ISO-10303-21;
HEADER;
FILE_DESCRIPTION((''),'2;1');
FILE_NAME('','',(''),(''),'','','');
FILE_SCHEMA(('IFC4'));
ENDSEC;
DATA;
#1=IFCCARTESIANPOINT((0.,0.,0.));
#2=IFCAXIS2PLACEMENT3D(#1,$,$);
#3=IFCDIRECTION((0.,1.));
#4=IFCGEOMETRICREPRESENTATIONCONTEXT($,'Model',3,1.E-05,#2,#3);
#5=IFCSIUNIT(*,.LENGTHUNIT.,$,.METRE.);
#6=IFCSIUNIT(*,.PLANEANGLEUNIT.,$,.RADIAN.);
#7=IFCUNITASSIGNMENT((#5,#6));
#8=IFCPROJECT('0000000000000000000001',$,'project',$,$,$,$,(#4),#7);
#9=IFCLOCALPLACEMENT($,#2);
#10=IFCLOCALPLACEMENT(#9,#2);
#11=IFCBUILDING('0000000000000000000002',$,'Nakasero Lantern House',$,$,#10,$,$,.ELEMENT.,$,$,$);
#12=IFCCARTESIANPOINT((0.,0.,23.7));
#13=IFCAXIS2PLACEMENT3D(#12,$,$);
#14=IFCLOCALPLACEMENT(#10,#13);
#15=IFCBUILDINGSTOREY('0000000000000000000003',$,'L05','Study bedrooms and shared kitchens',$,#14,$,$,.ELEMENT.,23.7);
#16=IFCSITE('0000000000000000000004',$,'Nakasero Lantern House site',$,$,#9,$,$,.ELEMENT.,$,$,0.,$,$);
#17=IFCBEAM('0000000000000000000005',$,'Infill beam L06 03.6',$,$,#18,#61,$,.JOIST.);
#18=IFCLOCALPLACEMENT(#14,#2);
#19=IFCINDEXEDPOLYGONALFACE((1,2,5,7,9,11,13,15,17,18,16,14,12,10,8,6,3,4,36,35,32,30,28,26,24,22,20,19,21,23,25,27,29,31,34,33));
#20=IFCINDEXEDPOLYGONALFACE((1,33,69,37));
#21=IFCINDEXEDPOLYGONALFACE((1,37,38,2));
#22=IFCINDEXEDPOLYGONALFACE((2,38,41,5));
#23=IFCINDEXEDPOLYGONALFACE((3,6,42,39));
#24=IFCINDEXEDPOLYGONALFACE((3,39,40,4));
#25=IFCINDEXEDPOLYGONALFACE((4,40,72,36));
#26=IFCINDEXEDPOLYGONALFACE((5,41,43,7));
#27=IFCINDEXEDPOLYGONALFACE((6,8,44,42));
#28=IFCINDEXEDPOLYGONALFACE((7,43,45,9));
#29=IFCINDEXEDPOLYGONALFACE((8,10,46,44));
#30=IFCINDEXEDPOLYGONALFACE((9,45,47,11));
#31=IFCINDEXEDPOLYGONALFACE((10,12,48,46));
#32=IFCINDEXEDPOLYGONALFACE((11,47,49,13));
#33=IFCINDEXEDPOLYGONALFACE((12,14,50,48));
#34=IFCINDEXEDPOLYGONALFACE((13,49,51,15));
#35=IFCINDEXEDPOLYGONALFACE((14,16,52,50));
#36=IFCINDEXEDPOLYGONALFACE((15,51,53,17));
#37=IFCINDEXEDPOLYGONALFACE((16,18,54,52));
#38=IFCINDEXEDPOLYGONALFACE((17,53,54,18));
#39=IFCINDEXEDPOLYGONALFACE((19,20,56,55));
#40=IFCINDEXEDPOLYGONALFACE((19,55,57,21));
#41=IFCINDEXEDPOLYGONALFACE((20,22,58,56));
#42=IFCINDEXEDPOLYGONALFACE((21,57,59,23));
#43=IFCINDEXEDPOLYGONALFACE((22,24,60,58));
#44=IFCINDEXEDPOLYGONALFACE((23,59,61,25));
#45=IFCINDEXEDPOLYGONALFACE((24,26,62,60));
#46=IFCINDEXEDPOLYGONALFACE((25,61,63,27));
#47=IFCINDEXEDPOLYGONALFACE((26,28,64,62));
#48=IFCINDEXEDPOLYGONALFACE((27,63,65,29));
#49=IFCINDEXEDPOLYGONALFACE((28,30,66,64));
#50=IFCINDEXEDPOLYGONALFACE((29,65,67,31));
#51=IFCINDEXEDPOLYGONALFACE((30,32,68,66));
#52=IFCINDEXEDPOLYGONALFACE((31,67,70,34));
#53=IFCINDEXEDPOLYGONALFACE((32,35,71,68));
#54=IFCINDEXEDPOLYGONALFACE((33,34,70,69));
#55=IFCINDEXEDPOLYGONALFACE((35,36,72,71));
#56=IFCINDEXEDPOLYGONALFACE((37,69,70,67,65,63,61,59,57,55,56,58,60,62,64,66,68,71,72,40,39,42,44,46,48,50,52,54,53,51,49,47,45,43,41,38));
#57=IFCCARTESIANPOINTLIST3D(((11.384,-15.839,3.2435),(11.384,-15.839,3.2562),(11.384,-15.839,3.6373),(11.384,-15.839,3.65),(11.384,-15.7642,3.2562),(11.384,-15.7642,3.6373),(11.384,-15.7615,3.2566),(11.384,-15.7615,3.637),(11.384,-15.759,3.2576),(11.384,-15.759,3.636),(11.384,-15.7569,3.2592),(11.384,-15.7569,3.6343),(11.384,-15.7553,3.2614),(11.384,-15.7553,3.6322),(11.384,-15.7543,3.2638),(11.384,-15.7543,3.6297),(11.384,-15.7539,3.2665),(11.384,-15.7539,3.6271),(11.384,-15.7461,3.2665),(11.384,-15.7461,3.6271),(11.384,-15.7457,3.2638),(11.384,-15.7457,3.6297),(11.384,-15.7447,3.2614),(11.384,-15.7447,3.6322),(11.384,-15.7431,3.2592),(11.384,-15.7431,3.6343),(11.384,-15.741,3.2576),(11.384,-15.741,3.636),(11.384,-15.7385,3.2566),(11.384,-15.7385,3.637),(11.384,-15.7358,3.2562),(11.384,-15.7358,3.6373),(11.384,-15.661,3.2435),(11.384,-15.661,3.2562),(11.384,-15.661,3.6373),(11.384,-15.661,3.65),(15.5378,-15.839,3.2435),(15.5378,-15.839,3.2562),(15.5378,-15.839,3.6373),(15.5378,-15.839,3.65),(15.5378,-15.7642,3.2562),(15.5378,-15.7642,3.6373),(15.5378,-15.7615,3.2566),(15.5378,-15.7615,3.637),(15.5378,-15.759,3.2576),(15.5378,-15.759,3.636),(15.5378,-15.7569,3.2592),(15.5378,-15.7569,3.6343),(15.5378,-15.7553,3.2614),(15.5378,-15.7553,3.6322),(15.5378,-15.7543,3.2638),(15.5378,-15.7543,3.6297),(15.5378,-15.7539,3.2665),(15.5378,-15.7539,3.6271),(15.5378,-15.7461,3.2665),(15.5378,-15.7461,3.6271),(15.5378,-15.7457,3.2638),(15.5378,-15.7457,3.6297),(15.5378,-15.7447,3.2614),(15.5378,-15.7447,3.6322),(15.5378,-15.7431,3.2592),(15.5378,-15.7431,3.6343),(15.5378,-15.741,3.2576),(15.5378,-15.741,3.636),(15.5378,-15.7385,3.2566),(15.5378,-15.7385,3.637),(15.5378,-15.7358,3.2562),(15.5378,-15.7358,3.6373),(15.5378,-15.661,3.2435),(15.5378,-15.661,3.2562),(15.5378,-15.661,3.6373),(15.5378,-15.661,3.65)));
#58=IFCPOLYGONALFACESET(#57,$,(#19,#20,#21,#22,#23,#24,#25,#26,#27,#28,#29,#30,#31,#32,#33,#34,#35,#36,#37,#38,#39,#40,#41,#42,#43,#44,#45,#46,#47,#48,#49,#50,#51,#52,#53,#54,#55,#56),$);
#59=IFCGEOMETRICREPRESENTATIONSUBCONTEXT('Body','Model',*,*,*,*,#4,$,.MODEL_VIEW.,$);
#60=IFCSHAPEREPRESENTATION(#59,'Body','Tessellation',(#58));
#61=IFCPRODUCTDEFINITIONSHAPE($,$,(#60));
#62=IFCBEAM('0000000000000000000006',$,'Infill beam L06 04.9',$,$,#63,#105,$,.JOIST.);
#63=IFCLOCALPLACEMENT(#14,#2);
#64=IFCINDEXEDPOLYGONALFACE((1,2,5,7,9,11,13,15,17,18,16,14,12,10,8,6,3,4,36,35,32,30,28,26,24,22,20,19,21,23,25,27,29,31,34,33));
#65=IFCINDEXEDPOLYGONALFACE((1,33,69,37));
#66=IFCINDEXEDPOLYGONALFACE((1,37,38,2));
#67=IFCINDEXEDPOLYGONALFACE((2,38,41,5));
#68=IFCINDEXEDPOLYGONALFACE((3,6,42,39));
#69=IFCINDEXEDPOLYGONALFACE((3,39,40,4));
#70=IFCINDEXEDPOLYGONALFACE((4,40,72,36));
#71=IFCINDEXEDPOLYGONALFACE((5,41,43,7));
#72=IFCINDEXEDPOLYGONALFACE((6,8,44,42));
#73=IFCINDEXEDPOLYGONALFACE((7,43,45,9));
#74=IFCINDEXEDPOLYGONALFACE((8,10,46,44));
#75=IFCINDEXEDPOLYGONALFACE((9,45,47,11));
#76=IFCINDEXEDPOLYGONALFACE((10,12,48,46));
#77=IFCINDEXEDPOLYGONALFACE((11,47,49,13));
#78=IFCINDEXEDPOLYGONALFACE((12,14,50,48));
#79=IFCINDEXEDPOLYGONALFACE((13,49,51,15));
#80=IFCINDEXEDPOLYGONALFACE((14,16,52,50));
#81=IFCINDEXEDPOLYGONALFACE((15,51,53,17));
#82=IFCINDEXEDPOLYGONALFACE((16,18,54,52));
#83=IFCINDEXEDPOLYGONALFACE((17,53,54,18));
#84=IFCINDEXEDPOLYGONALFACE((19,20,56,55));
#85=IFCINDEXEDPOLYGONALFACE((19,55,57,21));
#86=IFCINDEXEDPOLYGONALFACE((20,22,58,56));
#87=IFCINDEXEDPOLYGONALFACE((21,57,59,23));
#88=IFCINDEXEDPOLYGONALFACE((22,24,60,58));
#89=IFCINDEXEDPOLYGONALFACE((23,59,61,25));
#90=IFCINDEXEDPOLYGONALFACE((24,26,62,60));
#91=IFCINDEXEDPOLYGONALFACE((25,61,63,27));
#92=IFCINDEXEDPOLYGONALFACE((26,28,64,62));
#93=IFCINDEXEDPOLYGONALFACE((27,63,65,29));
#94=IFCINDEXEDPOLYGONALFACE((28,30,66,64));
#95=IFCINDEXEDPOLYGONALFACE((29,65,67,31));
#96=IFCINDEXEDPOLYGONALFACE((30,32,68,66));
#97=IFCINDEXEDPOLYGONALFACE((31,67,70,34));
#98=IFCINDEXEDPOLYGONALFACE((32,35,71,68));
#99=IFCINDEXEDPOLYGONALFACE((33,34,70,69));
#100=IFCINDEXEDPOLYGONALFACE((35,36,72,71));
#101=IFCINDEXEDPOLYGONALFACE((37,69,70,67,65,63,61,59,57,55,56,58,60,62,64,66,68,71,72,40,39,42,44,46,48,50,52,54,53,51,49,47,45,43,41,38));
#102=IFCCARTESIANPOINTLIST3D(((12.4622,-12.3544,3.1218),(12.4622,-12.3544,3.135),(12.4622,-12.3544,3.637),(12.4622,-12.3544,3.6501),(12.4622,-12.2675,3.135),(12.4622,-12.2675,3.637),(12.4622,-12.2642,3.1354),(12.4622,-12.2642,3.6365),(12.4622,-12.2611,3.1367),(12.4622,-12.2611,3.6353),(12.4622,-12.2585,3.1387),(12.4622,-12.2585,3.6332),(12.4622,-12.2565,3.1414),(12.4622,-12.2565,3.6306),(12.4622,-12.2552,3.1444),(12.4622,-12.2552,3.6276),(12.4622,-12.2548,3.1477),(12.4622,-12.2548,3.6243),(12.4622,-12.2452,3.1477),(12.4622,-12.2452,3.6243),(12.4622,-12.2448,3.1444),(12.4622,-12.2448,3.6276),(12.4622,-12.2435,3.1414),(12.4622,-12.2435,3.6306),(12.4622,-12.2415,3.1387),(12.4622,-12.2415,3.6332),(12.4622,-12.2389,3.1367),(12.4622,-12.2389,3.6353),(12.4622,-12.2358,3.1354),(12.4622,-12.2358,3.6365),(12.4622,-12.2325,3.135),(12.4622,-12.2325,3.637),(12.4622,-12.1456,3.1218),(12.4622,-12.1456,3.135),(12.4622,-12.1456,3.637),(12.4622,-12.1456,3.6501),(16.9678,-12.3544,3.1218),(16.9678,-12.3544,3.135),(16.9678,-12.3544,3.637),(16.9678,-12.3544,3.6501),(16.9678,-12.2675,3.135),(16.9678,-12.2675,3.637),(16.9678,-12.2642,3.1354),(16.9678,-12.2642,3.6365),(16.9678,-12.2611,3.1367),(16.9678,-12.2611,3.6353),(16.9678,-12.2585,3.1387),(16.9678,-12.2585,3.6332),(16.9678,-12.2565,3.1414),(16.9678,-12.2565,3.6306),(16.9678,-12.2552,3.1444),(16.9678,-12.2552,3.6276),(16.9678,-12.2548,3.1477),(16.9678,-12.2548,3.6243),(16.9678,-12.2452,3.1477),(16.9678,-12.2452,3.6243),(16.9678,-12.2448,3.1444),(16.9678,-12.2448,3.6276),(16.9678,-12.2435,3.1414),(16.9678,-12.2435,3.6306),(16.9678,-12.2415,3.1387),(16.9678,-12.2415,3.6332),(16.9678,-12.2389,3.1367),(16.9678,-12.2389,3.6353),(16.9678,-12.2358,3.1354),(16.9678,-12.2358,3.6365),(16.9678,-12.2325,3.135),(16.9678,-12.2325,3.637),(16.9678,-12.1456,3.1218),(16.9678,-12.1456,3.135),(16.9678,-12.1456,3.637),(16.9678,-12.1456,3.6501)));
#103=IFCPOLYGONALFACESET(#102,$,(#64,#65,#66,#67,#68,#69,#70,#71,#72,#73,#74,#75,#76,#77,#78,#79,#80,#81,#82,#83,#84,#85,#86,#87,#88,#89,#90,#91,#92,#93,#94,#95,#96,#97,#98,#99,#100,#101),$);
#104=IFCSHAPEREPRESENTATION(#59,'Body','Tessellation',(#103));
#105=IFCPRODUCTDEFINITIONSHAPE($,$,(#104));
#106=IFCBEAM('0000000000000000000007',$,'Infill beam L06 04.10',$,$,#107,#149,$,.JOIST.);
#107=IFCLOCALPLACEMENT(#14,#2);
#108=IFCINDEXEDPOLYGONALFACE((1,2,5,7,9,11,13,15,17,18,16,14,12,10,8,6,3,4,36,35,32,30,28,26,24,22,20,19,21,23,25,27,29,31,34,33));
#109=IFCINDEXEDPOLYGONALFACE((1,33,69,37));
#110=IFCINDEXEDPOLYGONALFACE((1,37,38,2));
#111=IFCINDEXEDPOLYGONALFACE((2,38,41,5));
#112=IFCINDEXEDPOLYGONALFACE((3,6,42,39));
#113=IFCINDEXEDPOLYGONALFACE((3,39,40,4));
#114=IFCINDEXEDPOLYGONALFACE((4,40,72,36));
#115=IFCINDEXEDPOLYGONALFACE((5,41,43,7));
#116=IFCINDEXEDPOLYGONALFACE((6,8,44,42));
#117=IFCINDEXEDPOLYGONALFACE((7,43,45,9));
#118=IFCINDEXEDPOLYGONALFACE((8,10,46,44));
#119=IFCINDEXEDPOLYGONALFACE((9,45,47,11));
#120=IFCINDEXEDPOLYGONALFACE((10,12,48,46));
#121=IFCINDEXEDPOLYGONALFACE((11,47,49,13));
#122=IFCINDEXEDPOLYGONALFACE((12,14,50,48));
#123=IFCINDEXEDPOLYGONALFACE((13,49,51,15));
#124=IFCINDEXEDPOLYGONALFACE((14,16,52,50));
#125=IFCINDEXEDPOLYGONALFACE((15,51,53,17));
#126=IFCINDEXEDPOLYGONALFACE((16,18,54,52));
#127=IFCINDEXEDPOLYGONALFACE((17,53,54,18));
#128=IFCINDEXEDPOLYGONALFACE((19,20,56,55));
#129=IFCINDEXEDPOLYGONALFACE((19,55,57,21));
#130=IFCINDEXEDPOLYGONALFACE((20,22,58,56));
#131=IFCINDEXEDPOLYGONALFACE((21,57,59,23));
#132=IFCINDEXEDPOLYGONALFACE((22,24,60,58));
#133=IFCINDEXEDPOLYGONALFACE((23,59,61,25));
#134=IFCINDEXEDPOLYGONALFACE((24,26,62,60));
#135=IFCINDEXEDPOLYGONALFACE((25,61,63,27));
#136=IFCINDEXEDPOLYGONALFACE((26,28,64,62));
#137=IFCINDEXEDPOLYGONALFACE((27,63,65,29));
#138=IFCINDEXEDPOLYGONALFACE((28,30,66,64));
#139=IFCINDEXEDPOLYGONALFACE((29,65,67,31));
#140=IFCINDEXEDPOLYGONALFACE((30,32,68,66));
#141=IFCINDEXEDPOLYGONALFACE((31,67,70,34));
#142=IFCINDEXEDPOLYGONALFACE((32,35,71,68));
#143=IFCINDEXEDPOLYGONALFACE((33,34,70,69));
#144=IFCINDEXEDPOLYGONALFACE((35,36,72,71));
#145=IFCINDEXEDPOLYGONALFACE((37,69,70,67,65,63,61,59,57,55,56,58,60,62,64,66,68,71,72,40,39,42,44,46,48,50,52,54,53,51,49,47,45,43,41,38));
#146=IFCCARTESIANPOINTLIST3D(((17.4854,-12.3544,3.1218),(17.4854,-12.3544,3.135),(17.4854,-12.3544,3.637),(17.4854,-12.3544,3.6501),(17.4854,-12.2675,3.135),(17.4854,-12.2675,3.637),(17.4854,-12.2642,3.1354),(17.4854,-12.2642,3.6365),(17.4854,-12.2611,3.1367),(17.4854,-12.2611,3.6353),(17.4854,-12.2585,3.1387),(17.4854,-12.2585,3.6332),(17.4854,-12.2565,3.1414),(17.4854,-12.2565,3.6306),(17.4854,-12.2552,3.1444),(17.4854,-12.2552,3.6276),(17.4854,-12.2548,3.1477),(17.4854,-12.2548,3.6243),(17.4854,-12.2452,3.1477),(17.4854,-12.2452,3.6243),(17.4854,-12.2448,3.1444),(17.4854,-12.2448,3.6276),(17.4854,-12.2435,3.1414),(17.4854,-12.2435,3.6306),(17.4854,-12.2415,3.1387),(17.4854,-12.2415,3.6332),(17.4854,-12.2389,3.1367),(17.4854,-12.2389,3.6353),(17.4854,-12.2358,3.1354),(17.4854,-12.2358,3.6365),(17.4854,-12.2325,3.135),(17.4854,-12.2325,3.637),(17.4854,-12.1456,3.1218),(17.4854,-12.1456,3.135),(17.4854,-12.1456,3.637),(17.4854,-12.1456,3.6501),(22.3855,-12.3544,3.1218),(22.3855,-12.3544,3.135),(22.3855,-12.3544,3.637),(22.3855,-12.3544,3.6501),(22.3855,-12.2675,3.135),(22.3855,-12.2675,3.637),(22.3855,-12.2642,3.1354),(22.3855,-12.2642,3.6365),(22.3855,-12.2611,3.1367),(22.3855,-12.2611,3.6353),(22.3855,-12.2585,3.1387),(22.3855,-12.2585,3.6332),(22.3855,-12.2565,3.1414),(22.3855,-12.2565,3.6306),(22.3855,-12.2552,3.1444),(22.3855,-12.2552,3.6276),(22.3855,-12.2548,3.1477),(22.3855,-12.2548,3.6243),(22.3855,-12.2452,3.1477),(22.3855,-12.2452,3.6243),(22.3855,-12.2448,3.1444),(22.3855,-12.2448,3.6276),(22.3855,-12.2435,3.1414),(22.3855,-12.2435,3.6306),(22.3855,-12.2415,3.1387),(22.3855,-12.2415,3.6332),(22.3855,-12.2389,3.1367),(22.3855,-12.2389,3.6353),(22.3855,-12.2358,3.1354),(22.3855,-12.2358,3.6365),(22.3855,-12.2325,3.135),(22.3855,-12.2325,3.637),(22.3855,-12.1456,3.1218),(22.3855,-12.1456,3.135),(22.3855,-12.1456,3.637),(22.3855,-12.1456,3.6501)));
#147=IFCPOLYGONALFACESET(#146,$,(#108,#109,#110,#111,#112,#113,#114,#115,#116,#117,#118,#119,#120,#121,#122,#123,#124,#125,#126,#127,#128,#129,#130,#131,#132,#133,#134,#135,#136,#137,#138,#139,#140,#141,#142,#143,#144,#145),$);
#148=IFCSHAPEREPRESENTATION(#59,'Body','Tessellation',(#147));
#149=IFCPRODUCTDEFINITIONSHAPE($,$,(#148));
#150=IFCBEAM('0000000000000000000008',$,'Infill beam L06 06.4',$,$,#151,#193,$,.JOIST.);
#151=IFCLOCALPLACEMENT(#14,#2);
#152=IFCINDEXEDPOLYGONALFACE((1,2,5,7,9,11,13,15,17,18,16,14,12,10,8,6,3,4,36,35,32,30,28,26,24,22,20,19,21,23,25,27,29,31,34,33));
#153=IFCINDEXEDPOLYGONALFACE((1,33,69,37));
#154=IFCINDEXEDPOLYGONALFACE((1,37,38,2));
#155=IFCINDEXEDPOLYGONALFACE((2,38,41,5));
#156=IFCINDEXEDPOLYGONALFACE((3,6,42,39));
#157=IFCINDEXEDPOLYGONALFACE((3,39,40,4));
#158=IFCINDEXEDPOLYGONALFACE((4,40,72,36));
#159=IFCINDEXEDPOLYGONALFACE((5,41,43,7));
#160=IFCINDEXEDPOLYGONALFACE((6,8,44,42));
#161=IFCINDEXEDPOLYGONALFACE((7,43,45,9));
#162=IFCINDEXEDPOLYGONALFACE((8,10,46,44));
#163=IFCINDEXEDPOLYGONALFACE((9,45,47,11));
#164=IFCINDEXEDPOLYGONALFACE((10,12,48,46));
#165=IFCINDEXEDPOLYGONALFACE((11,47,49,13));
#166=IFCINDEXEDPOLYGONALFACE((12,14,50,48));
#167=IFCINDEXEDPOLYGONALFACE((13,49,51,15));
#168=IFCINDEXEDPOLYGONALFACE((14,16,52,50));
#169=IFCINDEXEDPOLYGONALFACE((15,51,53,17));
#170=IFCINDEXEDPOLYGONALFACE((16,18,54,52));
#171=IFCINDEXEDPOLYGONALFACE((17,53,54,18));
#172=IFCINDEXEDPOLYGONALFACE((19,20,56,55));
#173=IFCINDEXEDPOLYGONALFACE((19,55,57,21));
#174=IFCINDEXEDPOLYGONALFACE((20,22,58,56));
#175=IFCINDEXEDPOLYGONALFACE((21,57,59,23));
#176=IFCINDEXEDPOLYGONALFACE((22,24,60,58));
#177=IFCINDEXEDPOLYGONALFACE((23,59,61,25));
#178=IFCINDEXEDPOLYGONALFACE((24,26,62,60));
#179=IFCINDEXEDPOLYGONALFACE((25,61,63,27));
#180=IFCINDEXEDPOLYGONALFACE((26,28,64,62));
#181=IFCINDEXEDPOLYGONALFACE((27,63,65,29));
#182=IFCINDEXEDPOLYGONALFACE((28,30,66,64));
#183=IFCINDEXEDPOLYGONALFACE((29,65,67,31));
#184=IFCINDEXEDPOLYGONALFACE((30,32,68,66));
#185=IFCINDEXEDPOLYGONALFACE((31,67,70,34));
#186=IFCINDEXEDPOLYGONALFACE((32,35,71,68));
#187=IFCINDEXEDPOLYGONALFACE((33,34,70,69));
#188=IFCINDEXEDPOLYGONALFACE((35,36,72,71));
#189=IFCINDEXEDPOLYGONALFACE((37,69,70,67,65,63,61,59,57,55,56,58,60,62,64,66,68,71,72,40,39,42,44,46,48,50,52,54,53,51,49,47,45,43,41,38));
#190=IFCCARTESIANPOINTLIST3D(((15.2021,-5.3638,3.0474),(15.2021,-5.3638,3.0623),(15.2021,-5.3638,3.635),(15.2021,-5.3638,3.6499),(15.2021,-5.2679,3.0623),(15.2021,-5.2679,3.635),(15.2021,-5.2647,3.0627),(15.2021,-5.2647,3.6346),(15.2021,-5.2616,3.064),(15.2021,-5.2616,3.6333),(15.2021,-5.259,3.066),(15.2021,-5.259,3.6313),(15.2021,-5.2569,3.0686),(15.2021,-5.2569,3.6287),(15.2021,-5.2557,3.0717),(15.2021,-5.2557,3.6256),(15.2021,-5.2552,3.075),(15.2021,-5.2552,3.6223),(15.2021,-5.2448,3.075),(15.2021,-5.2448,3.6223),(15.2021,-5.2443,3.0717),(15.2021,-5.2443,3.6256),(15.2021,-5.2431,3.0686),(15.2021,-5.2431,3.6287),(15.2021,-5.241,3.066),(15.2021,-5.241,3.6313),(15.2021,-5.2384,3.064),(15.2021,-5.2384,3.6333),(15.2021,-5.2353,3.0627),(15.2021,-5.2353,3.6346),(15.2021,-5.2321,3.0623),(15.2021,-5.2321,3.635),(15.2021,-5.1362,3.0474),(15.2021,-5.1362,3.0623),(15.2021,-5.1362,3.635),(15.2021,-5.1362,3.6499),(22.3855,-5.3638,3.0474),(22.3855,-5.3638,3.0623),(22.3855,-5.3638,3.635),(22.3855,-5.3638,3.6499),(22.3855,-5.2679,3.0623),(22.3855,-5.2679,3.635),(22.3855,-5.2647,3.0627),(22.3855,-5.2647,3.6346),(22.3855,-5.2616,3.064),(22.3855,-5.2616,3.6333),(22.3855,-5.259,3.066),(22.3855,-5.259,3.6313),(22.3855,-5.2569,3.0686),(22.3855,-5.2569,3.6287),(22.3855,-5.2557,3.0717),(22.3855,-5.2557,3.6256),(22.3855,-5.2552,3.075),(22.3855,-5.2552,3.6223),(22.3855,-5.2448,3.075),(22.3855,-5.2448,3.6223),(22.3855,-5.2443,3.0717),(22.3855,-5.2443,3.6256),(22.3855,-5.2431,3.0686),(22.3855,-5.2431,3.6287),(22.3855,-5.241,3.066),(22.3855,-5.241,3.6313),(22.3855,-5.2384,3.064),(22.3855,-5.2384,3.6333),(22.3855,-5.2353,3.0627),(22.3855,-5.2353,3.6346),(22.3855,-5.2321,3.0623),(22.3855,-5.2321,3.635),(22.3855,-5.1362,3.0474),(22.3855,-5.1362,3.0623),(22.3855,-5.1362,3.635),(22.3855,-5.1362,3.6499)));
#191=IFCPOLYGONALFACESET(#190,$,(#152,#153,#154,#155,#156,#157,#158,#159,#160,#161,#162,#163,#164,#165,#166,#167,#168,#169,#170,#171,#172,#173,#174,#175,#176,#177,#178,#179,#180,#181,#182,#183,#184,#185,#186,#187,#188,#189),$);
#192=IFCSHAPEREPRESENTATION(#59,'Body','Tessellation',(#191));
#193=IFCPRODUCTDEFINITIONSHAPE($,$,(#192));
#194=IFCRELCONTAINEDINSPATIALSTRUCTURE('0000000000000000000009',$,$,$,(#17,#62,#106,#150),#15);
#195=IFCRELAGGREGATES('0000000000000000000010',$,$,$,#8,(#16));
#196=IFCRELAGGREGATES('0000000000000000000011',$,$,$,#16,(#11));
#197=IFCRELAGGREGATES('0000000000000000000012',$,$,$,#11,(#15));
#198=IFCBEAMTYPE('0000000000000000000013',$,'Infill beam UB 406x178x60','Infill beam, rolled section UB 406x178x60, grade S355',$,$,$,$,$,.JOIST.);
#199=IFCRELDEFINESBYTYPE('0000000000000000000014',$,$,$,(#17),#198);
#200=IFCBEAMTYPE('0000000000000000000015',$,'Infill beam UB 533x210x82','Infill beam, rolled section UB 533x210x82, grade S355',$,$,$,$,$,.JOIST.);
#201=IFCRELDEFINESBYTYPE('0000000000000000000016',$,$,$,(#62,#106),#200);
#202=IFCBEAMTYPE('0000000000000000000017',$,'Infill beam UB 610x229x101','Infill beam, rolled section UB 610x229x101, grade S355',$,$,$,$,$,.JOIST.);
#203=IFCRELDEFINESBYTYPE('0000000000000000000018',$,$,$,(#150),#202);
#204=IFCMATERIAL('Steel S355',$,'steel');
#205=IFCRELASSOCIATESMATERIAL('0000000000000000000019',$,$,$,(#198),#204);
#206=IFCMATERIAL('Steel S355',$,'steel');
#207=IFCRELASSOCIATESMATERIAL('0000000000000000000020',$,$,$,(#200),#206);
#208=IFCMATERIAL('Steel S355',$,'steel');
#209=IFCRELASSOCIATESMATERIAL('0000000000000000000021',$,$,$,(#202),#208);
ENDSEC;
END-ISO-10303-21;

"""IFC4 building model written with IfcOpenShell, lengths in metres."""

from ifc_helpers import new_model, si_unit, direction, frame, origin, origin_2d, place, context, subcontext, project, spatial, i_section, extrude, material, material_profile, profile_set, type_object, element, save


model = new_model("IFC4")

# Units and contexts
model_context = context("Model", 3, precision=1e-05, world=origin(), true_north=direction((0.0, 1.0)))
body_context = subcontext(model_context, "Body", "Model", "MODEL_VIEW")
ifc_project = project(units=[si_unit("LENGTHUNIT", "METRE"), si_unit("PLANEANGLEUNIT", "RADIAN")], contexts=[model_context])

# Site, building, storey
site_placement = place(None, origin())
site = spatial("IfcSite", under=ifc_project, at=site_placement, Name="Nakasero Lantern House site", CompositionType="ELEMENT", RefElevation=0.0)
building_placement = place(site_placement, origin())
building = spatial("IfcBuilding", under=site, at=building_placement, Name="Nakasero Lantern House", CompositionType="ELEMENT")
storey_placement = place(building_placement, frame((0.0, 0.0, 23.7)))
storey = spatial("IfcBuildingStorey", under=building, at=storey_placement, Name="L05", Description="Study bedrooms and shared kitchens", CompositionType="ELEMENT", Elevation=23.7)

# Beams
ifc_material_1 = material(Name="Steel S355", Category="steel")
ifc_material_profile_1 = material_profile(ifc_material_1, i_section(OverallWidth=0.178, OverallDepth=0.4065, WebThickness=0.0078, FlangeThickness=0.0127, FilletRadius=0.0103, at=origin_2d()), Name="UB 406x178x60")
ifc_profile_set_1 = profile_set([ifc_material_profile_1], Name="Steel S355")
beam_type_1 = type_object("IfcBeamType", Name="Infill beam UB 406x178x60", Description="Infill beam, rolled section UB 406x178x60, grade S355", PredefinedType="JOIST", material=ifc_profile_set_1)
beam_1_placement = place(storey_placement, frame((11.384, -15.75, 3.4468), z_axis=(1.0, 0.0, 0.0), x_axis=(0.0, 1.0, 0.0)))
element("IfcBeam", 1, at=beam_1_placement, inside=storey, type_object=beam_type_1, Name="Infill beam L06 03.6", PredefinedType="JOIST", context=body_context, shape_type="SweptSolid", body=[
    extrude(i_section(OverallWidth=0.178, OverallDepth=0.4065, WebThickness=0.0078, FlangeThickness=0.0127, FilletRadius=0.0103, at=origin_2d()), origin(), (0.0, 0.0, 1.0), 4.1538),
])
ifc_material_2 = material(Name="Steel S355", Category="steel")
ifc_material_profile_2 = material_profile(ifc_material_2, i_section(OverallWidth=0.2087, OverallDepth=0.5283, WebThickness=0.0095, FlangeThickness=0.0132, FilletRadius=0.0127, at=origin_2d()), Name="UB 533x210x82")
ifc_profile_set_2 = profile_set([ifc_material_profile_2], Name="Steel S355")
beam_type_2 = type_object("IfcBeamType", Name="Infill beam UB 533x210x82", Description="Infill beam, rolled section UB 533x210x82, grade S355", PredefinedType="JOIST", material=ifc_profile_set_2)
beam_2_placement = place(storey_placement, frame((12.4622, -12.25, 3.386), z_axis=(1.0, 0.0, 0.0), x_axis=(0.0, 1.0, 0.0)))
element("IfcBeam", 2, at=beam_2_placement, inside=storey, type_object=beam_type_2, Name="Infill beam L06 04.9", PredefinedType="JOIST", context=body_context, shape_type="SweptSolid", body=[
    extrude(i_section(OverallWidth=0.2087, OverallDepth=0.5283, WebThickness=0.0095, FlangeThickness=0.0132, FilletRadius=0.0127, at=origin_2d()), origin(), (0.0, 0.0, 1.0), 4.5056),
])
beam_3_placement = place(storey_placement, frame((17.4854, -12.25, 3.386), z_axis=(1.0, 0.0, 0.0), x_axis=(0.0, 1.0, 0.0)))
element("IfcBeam", 3, at=beam_3_placement, inside=storey, type_object=beam_type_2, Name="Infill beam L06 04.10", PredefinedType="JOIST", context=body_context, shape_type="SweptSolid", body=[
    extrude(i_section(OverallWidth=0.2087, OverallDepth=0.5283, WebThickness=0.0095, FlangeThickness=0.0132, FilletRadius=0.0127, at=origin_2d()), origin(), (0.0, 0.0, 1.0), 4.9001),
])
ifc_material_3 = material(Name="Steel S355", Category="steel")
ifc_material_profile_3 = material_profile(ifc_material_3, i_section(OverallWidth=0.2275, OverallDepth=0.6025, WebThickness=0.0105, FlangeThickness=0.0149, FilletRadius=0.0127, at=origin_2d()), Name="UB 610x229x101")
ifc_profile_set_3 = profile_set([ifc_material_profile_3], Name="Steel S355")
beam_type_3 = type_object("IfcBeamType", Name="Infill beam UB 610x229x101", Description="Infill beam, rolled section UB 610x229x101, grade S355", PredefinedType="JOIST", material=ifc_profile_set_3)
beam_4_placement = place(storey_placement, frame((15.2021, -5.25, 3.3486), z_axis=(1.0, 0.0, 0.0), x_axis=(0.0, 1.0, 0.0)))
element("IfcBeam", 4, at=beam_4_placement, inside=storey, type_object=beam_type_3, Name="Infill beam L06 06.4", PredefinedType="JOIST", context=body_context, shape_type="SweptSolid", body=[
    extrude(i_section(OverallWidth=0.2275, OverallDepth=0.6025, WebThickness=0.0105, FlangeThickness=0.0149, FilletRadius=0.0127, at=origin_2d()), origin(), (0.0, 0.0, 1.0), 7.1833),
])

save(model, "model.ifc")
